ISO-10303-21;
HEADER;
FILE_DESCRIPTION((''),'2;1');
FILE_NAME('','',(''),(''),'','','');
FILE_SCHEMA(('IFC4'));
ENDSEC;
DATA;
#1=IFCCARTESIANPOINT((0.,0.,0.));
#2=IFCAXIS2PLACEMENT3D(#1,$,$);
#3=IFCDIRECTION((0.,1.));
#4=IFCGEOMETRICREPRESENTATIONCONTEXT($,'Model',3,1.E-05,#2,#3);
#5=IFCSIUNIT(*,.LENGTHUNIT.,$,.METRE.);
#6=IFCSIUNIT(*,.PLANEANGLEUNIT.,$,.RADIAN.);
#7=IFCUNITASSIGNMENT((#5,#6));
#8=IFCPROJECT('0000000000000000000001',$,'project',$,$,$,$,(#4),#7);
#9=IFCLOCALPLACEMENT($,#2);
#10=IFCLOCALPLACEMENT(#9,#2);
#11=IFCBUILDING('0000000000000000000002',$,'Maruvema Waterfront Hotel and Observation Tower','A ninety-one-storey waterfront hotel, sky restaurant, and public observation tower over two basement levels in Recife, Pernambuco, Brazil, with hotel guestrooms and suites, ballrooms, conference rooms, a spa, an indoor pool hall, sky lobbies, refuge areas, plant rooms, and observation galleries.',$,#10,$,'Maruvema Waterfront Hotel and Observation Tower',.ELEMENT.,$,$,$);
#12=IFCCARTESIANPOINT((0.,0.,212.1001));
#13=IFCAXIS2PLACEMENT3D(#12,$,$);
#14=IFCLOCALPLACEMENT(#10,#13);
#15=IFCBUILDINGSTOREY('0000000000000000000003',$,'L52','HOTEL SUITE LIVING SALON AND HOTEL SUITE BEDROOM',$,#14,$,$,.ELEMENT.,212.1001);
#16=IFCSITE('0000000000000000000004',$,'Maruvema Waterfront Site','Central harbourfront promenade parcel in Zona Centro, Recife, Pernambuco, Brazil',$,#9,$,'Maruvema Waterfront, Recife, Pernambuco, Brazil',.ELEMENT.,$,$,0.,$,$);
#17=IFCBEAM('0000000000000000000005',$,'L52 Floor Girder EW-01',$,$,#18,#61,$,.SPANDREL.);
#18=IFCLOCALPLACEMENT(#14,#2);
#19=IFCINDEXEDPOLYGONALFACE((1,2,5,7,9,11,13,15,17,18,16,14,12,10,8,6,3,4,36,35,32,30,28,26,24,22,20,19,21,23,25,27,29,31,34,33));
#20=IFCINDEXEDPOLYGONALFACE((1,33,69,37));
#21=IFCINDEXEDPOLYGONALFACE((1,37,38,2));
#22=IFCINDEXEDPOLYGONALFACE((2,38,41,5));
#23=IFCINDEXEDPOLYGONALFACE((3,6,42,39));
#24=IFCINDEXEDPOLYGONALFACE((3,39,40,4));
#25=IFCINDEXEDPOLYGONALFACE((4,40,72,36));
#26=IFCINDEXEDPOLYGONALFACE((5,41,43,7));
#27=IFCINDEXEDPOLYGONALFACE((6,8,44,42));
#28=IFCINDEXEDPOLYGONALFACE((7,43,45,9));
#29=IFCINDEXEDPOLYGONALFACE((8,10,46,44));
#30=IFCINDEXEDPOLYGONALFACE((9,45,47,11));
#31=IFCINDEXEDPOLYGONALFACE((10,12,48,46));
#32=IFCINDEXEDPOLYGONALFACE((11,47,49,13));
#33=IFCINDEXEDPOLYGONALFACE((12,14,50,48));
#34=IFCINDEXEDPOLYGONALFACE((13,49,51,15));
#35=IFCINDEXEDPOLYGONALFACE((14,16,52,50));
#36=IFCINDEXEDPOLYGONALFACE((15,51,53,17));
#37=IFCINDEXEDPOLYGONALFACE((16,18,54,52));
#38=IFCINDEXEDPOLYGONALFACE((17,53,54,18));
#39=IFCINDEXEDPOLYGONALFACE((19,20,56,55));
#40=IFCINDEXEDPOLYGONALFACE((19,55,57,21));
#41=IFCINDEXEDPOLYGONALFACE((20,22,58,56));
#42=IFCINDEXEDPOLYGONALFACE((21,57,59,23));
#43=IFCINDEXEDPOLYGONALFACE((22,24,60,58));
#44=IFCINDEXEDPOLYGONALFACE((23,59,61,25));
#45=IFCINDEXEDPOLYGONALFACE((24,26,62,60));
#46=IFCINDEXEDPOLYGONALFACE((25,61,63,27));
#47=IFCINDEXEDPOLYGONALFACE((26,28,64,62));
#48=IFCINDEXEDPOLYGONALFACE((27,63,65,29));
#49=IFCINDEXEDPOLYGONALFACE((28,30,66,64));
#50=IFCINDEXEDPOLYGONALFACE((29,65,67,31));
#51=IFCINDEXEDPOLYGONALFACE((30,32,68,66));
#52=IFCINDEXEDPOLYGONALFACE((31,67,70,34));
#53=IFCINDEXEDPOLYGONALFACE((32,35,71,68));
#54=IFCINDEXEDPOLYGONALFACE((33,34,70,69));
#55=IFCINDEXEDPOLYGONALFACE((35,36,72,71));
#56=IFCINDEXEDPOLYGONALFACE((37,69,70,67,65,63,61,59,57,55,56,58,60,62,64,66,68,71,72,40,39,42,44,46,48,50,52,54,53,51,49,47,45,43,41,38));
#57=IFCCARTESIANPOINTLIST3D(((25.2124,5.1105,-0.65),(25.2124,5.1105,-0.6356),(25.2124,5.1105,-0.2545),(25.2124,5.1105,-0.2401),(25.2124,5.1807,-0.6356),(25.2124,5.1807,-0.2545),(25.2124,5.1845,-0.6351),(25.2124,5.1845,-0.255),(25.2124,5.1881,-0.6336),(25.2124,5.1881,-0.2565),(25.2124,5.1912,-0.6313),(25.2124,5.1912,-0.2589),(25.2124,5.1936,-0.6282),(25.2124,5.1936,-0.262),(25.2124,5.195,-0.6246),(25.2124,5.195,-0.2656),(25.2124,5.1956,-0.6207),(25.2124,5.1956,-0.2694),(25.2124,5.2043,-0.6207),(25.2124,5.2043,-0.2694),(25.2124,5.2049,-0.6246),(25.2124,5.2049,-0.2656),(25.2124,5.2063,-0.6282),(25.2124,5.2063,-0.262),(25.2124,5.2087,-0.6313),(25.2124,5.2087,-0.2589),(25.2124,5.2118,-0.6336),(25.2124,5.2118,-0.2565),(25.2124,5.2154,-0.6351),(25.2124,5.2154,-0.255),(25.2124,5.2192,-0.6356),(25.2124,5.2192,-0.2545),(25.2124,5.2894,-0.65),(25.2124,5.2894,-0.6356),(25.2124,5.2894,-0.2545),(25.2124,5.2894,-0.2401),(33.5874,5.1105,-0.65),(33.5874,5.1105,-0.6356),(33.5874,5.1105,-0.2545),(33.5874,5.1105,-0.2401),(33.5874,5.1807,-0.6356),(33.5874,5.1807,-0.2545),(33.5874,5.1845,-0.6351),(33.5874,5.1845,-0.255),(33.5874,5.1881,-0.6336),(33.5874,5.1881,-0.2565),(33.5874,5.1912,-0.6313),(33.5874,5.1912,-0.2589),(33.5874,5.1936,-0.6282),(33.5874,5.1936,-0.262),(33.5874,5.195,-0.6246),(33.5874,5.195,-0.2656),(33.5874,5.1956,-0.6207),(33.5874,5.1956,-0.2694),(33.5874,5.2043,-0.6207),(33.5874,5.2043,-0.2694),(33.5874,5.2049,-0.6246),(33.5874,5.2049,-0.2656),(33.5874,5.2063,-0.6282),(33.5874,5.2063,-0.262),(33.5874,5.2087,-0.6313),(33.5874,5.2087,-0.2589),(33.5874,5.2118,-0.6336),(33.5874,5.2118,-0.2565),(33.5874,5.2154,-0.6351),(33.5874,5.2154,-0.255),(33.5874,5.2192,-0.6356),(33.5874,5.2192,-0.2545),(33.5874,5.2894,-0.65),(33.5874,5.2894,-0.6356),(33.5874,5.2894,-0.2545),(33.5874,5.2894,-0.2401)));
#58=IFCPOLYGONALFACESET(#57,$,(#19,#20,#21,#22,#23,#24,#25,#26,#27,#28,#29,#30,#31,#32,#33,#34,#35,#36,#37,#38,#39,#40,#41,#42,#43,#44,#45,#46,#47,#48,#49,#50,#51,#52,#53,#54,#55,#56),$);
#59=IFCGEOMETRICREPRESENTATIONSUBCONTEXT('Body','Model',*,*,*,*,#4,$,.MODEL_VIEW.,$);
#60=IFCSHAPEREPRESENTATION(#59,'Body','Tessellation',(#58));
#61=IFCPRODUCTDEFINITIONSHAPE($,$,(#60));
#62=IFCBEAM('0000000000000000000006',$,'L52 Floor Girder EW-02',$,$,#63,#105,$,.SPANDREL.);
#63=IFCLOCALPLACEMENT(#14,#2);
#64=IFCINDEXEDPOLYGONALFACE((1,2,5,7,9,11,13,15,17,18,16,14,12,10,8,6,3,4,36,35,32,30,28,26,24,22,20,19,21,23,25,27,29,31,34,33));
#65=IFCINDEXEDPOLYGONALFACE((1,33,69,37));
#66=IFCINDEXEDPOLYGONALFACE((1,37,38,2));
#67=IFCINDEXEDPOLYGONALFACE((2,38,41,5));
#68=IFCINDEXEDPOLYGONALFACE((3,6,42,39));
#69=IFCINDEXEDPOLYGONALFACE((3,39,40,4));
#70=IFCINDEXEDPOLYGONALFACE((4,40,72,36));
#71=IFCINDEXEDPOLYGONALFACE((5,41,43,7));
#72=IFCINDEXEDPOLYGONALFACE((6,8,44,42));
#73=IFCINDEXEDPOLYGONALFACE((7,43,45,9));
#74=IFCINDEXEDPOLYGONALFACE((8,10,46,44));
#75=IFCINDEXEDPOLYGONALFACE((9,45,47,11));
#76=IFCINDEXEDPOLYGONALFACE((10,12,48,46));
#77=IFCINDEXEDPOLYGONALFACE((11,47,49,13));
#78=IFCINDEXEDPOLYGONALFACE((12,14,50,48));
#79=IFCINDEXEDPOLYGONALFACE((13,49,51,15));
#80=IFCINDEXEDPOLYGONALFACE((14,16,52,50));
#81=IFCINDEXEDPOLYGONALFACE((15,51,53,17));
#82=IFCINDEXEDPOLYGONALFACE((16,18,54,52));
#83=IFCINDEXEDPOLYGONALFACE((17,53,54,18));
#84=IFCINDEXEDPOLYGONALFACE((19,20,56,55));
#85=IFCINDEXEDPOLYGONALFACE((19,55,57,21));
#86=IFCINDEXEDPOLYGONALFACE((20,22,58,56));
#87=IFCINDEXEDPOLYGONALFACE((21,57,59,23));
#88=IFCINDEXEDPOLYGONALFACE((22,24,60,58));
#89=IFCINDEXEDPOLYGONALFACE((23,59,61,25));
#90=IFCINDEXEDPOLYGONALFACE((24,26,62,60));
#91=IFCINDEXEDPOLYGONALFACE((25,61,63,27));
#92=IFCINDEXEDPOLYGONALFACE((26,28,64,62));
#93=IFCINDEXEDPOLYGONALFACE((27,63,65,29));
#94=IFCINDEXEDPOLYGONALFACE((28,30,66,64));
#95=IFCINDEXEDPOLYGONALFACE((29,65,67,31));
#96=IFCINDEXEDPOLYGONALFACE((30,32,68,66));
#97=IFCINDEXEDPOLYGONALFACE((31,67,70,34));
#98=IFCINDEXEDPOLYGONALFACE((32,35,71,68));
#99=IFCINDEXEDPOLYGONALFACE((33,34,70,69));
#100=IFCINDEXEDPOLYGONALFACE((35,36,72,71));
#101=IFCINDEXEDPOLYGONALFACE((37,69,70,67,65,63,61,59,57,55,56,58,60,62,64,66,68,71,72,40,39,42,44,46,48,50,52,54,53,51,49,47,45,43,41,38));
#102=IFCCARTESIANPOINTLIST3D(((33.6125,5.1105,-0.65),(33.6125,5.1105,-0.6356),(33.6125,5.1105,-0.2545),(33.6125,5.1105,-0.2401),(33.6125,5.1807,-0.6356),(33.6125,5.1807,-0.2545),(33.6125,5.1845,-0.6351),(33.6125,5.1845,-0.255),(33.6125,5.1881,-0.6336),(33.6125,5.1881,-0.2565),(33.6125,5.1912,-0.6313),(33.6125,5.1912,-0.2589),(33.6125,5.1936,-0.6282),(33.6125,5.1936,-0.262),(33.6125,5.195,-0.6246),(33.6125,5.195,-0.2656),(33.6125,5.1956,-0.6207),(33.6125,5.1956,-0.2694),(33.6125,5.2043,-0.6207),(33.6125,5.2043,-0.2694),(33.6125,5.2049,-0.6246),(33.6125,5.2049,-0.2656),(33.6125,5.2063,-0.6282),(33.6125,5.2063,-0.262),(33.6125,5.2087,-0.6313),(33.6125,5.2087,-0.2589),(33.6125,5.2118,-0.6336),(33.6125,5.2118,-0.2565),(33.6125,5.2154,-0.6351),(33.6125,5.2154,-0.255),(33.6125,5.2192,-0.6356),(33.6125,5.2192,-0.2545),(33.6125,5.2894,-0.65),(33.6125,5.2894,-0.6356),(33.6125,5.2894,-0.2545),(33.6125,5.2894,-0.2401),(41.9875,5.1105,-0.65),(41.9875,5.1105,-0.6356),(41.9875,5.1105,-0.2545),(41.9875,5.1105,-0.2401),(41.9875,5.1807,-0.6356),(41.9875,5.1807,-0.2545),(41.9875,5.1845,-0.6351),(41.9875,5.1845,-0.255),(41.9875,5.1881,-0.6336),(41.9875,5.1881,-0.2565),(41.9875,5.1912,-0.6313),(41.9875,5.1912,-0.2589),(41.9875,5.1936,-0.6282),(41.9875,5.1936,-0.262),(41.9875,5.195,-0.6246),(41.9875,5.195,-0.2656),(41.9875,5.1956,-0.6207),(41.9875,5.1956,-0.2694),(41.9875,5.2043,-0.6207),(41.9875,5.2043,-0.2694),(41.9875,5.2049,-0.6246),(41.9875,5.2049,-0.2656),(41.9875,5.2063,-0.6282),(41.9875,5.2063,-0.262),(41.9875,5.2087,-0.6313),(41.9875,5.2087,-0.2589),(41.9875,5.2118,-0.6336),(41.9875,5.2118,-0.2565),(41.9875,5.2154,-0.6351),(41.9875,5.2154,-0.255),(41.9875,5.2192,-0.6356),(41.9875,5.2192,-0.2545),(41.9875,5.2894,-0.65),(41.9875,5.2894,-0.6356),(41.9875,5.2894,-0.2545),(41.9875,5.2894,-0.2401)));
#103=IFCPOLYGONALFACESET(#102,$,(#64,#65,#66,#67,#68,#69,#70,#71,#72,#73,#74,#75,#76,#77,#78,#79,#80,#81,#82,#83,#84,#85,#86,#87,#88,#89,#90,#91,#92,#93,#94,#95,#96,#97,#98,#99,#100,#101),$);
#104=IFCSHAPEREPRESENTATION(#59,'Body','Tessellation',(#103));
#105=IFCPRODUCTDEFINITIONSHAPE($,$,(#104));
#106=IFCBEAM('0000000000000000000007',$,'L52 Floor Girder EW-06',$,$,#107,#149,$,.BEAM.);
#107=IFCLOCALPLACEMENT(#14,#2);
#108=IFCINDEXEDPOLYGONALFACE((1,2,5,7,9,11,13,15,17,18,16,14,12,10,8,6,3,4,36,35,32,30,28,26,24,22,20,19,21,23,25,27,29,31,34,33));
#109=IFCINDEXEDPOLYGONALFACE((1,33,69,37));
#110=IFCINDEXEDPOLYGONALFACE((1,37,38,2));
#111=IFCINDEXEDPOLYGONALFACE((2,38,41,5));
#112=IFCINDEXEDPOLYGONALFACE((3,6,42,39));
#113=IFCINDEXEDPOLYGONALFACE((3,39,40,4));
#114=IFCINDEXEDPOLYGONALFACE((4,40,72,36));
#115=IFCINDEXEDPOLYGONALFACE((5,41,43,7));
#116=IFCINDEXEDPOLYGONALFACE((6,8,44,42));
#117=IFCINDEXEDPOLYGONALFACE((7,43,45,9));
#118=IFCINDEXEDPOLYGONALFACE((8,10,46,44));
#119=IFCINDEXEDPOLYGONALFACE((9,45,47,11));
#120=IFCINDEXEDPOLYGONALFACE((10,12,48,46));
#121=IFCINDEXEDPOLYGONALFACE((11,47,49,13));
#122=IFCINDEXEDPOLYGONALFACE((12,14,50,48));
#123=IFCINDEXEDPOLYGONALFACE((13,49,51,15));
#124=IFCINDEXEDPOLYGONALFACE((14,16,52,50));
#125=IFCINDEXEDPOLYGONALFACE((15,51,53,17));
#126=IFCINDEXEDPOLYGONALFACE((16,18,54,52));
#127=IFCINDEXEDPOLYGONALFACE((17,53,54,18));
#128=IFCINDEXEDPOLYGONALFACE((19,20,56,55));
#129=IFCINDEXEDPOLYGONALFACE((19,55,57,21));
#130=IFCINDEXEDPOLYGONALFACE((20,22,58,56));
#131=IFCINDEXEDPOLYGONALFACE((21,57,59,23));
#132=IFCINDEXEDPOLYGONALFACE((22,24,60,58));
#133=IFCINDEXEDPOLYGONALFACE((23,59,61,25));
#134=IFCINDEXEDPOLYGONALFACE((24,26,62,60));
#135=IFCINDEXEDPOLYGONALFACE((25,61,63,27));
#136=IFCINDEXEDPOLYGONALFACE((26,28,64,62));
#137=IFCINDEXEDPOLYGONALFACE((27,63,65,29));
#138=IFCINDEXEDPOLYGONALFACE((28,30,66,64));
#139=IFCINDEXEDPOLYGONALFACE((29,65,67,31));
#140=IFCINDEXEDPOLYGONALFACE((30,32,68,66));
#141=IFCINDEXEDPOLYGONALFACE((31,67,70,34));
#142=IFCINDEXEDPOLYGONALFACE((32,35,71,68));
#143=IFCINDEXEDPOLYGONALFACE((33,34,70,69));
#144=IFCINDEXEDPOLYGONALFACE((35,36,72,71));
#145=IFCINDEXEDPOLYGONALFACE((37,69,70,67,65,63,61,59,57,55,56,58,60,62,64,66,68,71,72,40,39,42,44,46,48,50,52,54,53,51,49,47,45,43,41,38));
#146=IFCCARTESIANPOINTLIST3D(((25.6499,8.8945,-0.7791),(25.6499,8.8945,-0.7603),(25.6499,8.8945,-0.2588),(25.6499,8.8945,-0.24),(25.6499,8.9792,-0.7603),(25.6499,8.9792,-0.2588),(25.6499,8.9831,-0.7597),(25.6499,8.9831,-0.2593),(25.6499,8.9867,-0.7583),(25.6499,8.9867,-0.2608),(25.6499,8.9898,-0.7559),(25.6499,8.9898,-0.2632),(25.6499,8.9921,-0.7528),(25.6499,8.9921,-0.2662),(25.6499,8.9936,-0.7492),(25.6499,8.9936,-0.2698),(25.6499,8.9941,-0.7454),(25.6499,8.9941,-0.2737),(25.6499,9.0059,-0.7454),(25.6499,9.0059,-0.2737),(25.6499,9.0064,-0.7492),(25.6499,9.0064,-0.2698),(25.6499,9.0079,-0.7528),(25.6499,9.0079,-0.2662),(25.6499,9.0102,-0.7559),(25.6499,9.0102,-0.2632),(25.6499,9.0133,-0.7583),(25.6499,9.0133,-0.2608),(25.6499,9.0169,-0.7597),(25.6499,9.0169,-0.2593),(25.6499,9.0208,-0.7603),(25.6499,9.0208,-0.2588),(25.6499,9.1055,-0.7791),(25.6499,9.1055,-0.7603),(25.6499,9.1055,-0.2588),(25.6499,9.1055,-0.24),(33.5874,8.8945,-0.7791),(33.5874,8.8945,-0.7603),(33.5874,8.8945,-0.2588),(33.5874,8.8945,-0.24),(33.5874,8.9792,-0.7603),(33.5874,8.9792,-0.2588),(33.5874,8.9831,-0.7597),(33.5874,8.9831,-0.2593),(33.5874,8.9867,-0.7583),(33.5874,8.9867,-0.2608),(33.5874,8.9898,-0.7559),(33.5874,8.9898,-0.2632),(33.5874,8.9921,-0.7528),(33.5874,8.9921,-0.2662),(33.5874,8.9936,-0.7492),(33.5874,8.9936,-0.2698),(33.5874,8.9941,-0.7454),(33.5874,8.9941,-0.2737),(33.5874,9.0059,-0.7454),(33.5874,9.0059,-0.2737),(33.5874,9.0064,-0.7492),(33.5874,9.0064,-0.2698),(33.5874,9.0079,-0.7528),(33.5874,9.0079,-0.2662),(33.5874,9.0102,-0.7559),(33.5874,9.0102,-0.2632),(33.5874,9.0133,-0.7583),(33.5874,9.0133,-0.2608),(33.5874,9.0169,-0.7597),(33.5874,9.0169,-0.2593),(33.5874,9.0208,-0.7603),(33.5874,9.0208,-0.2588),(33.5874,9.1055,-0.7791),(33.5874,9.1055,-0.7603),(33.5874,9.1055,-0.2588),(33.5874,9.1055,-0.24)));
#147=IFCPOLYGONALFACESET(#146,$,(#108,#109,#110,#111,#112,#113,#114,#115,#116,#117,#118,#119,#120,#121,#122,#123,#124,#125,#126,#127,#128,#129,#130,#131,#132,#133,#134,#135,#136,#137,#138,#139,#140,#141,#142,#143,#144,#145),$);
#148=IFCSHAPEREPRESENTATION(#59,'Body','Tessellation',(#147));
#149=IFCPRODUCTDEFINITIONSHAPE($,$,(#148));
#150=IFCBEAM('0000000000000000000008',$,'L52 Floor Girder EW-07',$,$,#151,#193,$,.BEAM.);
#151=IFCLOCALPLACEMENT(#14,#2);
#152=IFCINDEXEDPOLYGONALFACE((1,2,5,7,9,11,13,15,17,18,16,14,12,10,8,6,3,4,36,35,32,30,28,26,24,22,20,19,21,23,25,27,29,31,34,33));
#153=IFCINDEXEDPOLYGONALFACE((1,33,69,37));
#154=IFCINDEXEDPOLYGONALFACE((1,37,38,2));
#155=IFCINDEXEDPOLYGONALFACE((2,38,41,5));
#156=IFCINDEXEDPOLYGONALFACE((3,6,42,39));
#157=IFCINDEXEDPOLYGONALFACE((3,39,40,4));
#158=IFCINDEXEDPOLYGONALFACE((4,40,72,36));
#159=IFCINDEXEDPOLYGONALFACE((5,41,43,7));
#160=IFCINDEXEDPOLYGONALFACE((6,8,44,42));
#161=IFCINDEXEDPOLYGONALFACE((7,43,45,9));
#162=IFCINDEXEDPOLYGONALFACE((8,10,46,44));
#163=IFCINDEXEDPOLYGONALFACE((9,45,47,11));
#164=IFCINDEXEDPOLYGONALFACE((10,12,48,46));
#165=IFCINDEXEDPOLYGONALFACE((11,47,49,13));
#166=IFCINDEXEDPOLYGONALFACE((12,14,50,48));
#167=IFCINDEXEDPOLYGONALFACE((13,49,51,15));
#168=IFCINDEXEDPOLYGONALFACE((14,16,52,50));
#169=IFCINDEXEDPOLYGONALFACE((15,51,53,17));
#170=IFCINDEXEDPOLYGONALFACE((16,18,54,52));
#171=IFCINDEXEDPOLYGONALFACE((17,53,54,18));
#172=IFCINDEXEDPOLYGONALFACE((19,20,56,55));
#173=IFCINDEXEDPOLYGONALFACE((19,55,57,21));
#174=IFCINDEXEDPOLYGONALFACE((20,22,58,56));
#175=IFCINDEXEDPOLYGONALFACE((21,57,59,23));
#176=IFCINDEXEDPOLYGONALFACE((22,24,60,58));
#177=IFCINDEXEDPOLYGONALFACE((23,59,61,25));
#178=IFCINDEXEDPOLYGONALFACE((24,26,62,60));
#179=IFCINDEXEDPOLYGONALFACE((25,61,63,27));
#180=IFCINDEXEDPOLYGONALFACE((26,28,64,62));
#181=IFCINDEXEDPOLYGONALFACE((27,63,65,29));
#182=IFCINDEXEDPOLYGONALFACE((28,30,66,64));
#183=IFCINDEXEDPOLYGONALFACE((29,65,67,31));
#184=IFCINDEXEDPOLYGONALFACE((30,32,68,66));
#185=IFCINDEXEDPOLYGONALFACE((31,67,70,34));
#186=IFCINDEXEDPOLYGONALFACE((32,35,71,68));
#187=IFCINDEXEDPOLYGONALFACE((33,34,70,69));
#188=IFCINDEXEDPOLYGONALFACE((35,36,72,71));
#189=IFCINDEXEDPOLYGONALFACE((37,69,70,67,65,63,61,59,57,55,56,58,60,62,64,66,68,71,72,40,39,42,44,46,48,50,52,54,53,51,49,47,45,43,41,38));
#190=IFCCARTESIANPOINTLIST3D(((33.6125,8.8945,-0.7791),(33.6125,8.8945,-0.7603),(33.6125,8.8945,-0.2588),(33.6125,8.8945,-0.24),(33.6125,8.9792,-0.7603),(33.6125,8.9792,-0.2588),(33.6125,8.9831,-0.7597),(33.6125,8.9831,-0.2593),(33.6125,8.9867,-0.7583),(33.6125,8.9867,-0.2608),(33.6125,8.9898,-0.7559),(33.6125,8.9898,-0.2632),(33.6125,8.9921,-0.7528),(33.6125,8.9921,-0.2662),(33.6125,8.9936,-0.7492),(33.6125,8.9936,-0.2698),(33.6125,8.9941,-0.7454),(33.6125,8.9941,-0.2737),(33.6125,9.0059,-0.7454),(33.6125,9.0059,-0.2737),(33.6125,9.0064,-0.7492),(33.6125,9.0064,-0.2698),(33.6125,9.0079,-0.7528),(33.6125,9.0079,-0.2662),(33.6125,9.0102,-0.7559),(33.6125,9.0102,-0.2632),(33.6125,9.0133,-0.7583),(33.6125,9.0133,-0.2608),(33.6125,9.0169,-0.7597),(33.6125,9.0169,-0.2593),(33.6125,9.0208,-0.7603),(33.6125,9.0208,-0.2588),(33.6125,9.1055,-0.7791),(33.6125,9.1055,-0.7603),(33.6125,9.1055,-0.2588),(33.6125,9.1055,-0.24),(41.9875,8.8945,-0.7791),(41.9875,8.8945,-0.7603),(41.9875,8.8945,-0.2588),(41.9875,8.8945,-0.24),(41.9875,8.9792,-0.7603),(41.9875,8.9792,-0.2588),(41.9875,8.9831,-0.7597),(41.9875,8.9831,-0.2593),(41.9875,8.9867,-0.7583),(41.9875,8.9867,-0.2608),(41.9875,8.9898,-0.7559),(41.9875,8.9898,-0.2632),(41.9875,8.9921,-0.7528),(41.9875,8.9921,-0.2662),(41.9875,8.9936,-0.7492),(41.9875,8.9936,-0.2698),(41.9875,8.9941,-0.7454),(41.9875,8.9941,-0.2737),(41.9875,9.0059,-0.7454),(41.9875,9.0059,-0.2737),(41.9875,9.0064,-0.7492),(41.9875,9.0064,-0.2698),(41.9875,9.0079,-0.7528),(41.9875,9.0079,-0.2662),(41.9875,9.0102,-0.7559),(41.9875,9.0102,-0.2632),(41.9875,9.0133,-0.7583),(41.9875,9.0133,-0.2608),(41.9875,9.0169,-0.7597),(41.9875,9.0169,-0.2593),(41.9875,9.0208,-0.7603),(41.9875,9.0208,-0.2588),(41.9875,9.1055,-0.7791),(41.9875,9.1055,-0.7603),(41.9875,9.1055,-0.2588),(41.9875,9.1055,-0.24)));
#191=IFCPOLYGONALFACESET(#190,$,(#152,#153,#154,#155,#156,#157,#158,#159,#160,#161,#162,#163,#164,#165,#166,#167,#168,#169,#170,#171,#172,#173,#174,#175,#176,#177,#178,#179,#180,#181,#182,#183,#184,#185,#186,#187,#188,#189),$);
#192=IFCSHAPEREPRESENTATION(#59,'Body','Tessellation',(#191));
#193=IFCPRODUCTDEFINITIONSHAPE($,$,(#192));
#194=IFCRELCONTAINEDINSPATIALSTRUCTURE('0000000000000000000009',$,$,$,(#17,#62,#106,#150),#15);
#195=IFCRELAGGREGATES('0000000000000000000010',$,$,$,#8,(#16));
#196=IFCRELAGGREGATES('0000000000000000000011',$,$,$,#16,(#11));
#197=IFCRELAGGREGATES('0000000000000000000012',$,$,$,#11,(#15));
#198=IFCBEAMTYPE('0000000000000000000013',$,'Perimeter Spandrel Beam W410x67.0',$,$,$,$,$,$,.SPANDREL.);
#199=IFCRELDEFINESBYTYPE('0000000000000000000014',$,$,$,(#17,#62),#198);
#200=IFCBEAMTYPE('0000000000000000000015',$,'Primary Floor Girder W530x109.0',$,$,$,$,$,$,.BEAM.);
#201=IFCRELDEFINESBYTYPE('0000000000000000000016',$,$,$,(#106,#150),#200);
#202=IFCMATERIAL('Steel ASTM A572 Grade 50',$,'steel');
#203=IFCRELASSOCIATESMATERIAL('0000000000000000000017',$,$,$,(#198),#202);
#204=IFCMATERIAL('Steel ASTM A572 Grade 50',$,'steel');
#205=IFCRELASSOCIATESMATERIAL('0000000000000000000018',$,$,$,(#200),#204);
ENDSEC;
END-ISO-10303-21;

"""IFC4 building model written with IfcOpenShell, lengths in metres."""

from ifc_helpers import new_model, si_unit, direction, frame, origin, origin_2d, place, context, subcontext, project, spatial, i_section, extrude, material, material_profile, profile_set, type_object, element, save


model = new_model("IFC4")

# Units and contexts
model_context = context("Model", 3, precision=1e-05, world=origin(), true_north=direction((0.0, 1.0)))
body_context = subcontext(model_context, "Body", "Model", "MODEL_VIEW")
ifc_project = project(units=[si_unit("LENGTHUNIT", "METRE"), si_unit("PLANEANGLEUNIT", "RADIAN")], contexts=[model_context])

# Site, building, storey
site_placement = place(None, origin())
site = spatial("IfcSite", under=ifc_project, at=site_placement, Name="Maruvema Waterfront Site", Description="Central harbourfront promenade parcel in Zona Centro, Recife, Pernambuco, Brazil", LongName="Maruvema Waterfront, Recife, Pernambuco, Brazil", CompositionType="ELEMENT", RefElevation=0.0)
building_placement = place(site_placement, origin())
building = spatial("IfcBuilding", under=site, at=building_placement, Name="Maruvema Waterfront Hotel and Observation Tower", Description="A ninety-one-storey waterfront hotel, sky restaurant, and public observation tower over two basement levels in Recife, Pernambuco, Brazil, with hotel guestrooms and suites, ballrooms, conference rooms, a spa, an indoor pool hall, sky lobbies, refuge areas, plant rooms, and observation galleries.", LongName="Maruvema Waterfront Hotel and Observation Tower", CompositionType="ELEMENT")
storey_placement = place(building_placement, frame((0.0, 0.0, 212.1001)))
storey = spatial("IfcBuildingStorey", under=building, at=storey_placement, Name="L52", Description="HOTEL SUITE LIVING SALON AND HOTEL SUITE BEDROOM", CompositionType="ELEMENT", Elevation=212.1001)

# Beams
ifc_material_1 = material(Name="Steel ASTM A572 Grade 50", Category="steel")
ifc_material_profile_1 = material_profile(ifc_material_1, i_section(OverallWidth=0.179, OverallDepth=0.4099, WebThickness=0.0088, FlangeThickness=0.0144, FilletRadius=0.0149, at=origin_2d()), Name="W410x67.0")
ifc_profile_set_1 = profile_set([ifc_material_profile_1], Name="Steel ASTM A572 Grade 50")
beam_type_1 = type_object("IfcBeamType", Name="Perimeter Spandrel Beam W410x67.0", PredefinedType="SPANDREL", material=ifc_profile_set_1)
for number, where, z_axis, x_axis, name in (
    (1, (25.2124, 5.2, -0.4451), (1.0, 0.0, 0.0), (0.0, 1.0, 0.0), "L52 Floor Girder EW-01"),
    (2, (33.6125, 5.2, -0.4451), (1.0, 0.0, 0.0), (0.0, 1.0, 0.0), "L52 Floor Girder EW-02"),
):
    element("IfcBeam", number, at=place(storey_placement, frame(where, z_axis=z_axis, x_axis=x_axis)), inside=storey, type_object=beam_type_1, Name=name, PredefinedType="SPANDREL", context=body_context, shape_type="SweptSolid", body=[
        extrude(i_section(OverallWidth=0.179, OverallDepth=0.4099, WebThickness=0.0088, FlangeThickness=0.0144, FilletRadius=0.0149, at=origin_2d()), origin(), (0.0, 0.0, 1.0), 8.375),
    ])
ifc_material_2 = material(Name="Steel ASTM A572 Grade 50", Category="steel")
ifc_material_profile_2 = material_profile(ifc_material_2, i_section(OverallWidth=0.2109, OverallDepth=0.5391, WebThickness=0.0117, FlangeThickness=0.0188, FilletRadius=0.0149, at=origin_2d()), Name="W530x109.0")
ifc_profile_set_2 = profile_set([ifc_material_profile_2], Name="Steel ASTM A572 Grade 50")
beam_type_2 = type_object("IfcBeamType", Name="Primary Floor Girder W530x109.0", PredefinedType="BEAM", material=ifc_profile_set_2)
beam_1_placement = place(storey_placement, frame((25.6499, 9.0, -0.5095), z_axis=(1.0, 0.0, 0.0), x_axis=(0.0, 1.0, 0.0)))
element("IfcBeam", 3, at=beam_1_placement, inside=storey, type_object=beam_type_2, Name="L52 Floor Girder EW-06", PredefinedType="BEAM", context=body_context, shape_type="SweptSolid", body=[
    extrude(i_section(OverallWidth=0.2109, OverallDepth=0.5391, WebThickness=0.0117, FlangeThickness=0.0188, FilletRadius=0.0149, at=origin_2d()), origin(), (0.0, 0.0, 1.0), 7.9375),
])
beam_2_placement = place(storey_placement, frame((33.6125, 9.0, -0.5095), z_axis=(1.0, 0.0, 0.0), x_axis=(0.0, 1.0, 0.0)))
element("IfcBeam", 4, at=beam_2_placement, inside=storey, type_object=beam_type_2, Name="L52 Floor Girder EW-07", PredefinedType="BEAM", context=body_context, shape_type="SweptSolid", body=[
    extrude(i_section(OverallWidth=0.2109, OverallDepth=0.5391, WebThickness=0.0117, FlangeThickness=0.0188, FilletRadius=0.0149, at=origin_2d()), origin(), (0.0, 0.0, 1.0), 8.375),
])

save(model, "model.ifc")
